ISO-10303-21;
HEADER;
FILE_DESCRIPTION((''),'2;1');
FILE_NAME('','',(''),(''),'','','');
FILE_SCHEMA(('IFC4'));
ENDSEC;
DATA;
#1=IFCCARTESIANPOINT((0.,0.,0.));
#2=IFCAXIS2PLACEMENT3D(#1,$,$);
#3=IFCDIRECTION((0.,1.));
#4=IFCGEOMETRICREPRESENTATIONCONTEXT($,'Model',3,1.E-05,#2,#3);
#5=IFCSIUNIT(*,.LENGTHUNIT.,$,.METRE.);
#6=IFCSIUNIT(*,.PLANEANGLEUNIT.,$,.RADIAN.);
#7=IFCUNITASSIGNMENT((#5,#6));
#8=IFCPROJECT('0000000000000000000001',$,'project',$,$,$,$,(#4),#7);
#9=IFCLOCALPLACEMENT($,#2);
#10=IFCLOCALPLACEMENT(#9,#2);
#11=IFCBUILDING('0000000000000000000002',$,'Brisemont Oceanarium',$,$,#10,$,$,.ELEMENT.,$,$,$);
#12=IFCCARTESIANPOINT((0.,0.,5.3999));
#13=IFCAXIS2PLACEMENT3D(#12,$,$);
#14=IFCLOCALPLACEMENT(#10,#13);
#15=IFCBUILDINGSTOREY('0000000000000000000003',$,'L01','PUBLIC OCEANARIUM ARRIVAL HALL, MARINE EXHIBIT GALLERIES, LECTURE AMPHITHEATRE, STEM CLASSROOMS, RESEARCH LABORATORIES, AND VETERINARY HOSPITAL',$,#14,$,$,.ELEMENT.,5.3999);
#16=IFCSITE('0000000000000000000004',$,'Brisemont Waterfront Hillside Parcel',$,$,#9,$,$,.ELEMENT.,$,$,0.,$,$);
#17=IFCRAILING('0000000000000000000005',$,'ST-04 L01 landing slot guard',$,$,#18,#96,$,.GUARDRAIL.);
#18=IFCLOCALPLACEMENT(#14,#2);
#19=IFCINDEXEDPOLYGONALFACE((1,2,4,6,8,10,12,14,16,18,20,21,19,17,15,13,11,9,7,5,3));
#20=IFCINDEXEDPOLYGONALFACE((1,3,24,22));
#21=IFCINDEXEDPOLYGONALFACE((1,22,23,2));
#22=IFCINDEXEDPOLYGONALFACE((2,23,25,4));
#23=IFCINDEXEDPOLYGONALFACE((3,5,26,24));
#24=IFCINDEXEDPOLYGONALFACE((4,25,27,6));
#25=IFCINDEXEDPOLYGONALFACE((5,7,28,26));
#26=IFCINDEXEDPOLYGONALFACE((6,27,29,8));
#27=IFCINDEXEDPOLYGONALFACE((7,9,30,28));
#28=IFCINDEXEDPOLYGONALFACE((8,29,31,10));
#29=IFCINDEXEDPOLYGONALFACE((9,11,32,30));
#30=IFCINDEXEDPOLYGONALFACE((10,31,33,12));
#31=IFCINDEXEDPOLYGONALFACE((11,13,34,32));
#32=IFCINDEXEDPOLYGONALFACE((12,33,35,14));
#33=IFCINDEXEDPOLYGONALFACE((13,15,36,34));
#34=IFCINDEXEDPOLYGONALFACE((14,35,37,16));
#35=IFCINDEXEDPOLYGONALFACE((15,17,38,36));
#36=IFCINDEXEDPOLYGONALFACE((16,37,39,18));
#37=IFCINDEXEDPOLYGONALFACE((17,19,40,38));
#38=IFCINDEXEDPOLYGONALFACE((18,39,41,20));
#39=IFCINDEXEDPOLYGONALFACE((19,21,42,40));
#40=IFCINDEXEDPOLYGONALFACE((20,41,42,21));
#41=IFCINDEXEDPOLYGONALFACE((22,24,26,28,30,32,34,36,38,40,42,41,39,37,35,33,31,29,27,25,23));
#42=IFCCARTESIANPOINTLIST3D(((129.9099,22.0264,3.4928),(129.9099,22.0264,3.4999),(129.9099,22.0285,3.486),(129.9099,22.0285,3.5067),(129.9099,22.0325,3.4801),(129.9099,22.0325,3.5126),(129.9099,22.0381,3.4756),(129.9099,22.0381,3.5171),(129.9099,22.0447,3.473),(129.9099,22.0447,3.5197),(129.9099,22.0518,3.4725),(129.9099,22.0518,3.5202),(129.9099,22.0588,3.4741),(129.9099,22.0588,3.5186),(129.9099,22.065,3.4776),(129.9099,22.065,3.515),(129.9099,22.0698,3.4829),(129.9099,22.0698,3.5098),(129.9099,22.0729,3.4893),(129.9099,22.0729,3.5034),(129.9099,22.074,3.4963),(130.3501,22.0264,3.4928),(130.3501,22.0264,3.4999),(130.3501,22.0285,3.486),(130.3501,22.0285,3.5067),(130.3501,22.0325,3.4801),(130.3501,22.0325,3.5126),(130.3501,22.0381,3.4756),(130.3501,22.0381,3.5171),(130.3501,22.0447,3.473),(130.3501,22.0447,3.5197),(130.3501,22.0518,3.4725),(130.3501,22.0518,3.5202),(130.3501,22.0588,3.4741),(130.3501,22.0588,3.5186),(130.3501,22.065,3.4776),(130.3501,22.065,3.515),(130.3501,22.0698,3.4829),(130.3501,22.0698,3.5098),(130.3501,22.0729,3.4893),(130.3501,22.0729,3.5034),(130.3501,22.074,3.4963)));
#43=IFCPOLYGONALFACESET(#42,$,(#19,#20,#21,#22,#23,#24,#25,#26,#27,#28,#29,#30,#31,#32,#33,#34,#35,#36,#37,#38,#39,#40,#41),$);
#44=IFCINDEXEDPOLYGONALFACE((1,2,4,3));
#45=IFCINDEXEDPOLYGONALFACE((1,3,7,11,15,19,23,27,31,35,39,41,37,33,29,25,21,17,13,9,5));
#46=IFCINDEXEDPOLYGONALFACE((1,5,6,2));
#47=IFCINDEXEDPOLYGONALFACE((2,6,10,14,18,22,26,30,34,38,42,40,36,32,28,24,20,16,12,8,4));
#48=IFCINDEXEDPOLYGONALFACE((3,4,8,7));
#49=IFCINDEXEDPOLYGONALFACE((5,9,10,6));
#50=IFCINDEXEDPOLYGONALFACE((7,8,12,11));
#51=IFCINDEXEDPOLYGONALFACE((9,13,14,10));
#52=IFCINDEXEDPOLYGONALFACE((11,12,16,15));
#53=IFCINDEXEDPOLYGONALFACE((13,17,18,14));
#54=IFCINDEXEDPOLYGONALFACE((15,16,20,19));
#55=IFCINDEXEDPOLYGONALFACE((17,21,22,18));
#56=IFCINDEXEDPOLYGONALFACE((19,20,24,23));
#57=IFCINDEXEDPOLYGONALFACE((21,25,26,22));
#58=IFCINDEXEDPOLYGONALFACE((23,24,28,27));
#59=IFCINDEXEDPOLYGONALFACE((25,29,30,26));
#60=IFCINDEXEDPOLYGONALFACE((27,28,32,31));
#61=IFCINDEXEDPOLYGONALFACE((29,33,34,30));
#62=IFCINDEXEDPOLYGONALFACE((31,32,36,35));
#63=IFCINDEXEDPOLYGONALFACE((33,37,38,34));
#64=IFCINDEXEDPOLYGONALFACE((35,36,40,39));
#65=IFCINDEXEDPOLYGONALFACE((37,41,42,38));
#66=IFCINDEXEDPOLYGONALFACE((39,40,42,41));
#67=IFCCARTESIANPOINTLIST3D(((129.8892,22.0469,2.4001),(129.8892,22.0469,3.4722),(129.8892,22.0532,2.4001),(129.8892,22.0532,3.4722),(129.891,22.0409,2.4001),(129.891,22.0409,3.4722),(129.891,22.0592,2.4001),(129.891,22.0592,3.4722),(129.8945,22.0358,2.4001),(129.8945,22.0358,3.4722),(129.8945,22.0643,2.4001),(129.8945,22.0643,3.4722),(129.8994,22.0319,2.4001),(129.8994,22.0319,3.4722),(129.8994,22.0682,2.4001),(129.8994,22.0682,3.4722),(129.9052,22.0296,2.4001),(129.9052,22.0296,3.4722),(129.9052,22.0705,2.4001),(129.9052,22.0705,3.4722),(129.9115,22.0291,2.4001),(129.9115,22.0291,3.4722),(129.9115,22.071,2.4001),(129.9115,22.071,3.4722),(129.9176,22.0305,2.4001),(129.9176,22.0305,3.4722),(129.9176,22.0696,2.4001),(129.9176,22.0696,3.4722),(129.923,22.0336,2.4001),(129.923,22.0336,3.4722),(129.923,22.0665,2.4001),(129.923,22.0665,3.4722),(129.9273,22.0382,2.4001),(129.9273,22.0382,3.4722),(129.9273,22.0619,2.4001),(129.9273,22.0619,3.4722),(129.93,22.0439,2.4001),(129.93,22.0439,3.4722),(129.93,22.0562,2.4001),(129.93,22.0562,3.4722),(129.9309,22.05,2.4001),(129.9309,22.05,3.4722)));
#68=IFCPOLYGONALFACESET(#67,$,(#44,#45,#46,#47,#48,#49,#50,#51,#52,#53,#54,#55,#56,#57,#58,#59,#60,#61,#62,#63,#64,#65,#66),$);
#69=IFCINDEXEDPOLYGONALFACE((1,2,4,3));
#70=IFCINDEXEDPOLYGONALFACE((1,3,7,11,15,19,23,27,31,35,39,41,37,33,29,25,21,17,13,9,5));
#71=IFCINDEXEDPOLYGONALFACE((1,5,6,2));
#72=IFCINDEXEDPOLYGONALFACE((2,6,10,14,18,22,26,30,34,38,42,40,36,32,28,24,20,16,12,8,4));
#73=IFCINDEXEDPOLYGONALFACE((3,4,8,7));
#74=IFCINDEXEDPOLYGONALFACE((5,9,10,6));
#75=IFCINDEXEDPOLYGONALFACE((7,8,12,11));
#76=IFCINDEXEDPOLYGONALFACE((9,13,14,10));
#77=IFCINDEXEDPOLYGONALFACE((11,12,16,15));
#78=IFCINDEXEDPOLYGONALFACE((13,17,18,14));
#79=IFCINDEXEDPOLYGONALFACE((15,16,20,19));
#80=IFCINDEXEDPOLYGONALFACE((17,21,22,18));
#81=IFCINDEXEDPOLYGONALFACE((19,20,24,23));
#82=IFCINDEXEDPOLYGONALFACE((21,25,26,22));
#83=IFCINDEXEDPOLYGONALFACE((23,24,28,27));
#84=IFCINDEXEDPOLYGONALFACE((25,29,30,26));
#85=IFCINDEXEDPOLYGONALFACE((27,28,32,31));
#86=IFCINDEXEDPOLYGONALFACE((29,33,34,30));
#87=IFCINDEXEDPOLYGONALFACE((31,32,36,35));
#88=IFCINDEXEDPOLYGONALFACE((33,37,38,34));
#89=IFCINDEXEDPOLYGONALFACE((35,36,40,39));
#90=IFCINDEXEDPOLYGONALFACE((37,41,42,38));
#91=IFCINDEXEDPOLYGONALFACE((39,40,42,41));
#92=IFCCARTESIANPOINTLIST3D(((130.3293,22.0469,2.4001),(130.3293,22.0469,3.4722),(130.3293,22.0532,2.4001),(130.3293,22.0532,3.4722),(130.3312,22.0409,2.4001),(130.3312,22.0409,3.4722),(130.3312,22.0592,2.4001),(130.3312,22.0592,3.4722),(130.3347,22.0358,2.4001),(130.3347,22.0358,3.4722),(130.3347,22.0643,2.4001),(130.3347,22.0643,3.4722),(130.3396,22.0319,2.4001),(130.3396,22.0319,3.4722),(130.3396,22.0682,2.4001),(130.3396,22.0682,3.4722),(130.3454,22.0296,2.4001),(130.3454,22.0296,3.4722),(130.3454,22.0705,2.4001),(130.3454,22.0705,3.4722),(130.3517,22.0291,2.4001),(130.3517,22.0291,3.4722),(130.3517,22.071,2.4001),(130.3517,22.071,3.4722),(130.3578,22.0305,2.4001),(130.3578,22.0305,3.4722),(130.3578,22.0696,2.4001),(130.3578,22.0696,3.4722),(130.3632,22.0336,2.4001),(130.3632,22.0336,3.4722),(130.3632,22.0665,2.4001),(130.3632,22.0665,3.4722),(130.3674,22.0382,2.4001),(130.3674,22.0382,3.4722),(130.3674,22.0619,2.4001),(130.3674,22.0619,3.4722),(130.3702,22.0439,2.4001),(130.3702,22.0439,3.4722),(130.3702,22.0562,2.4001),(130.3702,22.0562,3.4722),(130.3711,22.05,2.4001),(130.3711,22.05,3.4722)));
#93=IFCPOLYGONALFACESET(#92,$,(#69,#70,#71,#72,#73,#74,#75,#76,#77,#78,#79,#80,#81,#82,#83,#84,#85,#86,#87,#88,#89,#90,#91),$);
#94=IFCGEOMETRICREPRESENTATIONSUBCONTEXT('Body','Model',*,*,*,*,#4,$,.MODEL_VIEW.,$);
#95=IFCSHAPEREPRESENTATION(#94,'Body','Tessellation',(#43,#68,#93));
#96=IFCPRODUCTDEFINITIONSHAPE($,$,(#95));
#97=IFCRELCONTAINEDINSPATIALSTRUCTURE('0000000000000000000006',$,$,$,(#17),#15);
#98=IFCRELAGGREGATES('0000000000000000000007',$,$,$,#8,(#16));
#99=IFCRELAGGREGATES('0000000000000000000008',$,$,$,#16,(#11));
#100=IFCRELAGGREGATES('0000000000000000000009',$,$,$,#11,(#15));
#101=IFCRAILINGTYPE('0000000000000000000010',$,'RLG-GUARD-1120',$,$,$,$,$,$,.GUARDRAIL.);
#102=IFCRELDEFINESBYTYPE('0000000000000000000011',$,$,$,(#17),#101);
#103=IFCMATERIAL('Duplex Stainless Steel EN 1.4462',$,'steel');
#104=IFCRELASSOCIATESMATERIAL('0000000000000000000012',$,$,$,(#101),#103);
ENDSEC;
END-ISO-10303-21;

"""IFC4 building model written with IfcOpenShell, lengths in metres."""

from ifc_helpers import new_model, si_unit, direction, frame, origin, origin_2d, place, context, subcontext, project, spatial, circle, extrude, material, type_object, element, save


model = new_model("IFC4")

# Units and contexts
model_context = context("Model", 3, precision=1e-05, world=origin(), true_north=direction((0.0, 1.0)))
body_context = subcontext(model_context, "Body", "Model", "MODEL_VIEW")
ifc_project = project(units=[si_unit("LENGTHUNIT", "METRE"), si_unit("PLANEANGLEUNIT", "RADIAN")], contexts=[model_context])

# Site, building, storey
site_placement = place(None, origin())
site = spatial("IfcSite", under=ifc_project, at=site_placement, Name="Brisemont Waterfront Hillside Parcel", CompositionType="ELEMENT", RefElevation=0.0)
building_placement = place(site_placement, origin())
building = spatial("IfcBuilding", under=site, at=building_placement, Name="Brisemont Oceanarium", CompositionType="ELEMENT")
storey_placement = place(building_placement, frame((0.0, 0.0, 5.3999)))
storey = spatial("IfcBuildingStorey", under=building, at=storey_placement, Name="L01", Description="PUBLIC OCEANARIUM ARRIVAL HALL, MARINE EXHIBIT GALLERIES, LECTURE AMPHITHEATRE, STEM CLASSROOMS, RESEARCH LABORATORIES, AND VETERINARY HOSPITAL", CompositionType="ELEMENT", Elevation=5.3999)

# Railing
ifc_material_1 = material(Name="Duplex Stainless Steel EN 1.4462", Category="steel")
railing_type_1 = type_object("IfcRailingType", Name="RLG-GUARD-1120", PredefinedType="GUARDRAIL", material=ifc_material_1)
railing_1_placement = place(storey_placement, frame((129.9099, 22.05, 2.4001)))
element("IfcRailing", 1, at=railing_1_placement, inside=storey, type_object=railing_type_1, Name="ST-04 L01 landing slot guard", PredefinedType="GUARDRAIL", context=body_context, shape_type="SweptSolid", body=[
    extrude(circle(Radius=0.0239, at=origin_2d()), frame((0.0, 0.0, 1.0962), z_axis=(1.0, 0.0, 0.0), x_axis=(0.0, 1.0, 0.0)), (0.0, 0.0, 1.0), 0.4402),
    extrude(circle(Radius=0.021, at=origin_2d()), origin(), (0.0, 0.0, 1.0), 1.072),
    extrude(circle(Radius=0.021, at=origin_2d()), frame((0.4402, 0.0, 0.0)), (0.0, 0.0, 1.0), 1.072),
])

save(model, "model.ifc")
